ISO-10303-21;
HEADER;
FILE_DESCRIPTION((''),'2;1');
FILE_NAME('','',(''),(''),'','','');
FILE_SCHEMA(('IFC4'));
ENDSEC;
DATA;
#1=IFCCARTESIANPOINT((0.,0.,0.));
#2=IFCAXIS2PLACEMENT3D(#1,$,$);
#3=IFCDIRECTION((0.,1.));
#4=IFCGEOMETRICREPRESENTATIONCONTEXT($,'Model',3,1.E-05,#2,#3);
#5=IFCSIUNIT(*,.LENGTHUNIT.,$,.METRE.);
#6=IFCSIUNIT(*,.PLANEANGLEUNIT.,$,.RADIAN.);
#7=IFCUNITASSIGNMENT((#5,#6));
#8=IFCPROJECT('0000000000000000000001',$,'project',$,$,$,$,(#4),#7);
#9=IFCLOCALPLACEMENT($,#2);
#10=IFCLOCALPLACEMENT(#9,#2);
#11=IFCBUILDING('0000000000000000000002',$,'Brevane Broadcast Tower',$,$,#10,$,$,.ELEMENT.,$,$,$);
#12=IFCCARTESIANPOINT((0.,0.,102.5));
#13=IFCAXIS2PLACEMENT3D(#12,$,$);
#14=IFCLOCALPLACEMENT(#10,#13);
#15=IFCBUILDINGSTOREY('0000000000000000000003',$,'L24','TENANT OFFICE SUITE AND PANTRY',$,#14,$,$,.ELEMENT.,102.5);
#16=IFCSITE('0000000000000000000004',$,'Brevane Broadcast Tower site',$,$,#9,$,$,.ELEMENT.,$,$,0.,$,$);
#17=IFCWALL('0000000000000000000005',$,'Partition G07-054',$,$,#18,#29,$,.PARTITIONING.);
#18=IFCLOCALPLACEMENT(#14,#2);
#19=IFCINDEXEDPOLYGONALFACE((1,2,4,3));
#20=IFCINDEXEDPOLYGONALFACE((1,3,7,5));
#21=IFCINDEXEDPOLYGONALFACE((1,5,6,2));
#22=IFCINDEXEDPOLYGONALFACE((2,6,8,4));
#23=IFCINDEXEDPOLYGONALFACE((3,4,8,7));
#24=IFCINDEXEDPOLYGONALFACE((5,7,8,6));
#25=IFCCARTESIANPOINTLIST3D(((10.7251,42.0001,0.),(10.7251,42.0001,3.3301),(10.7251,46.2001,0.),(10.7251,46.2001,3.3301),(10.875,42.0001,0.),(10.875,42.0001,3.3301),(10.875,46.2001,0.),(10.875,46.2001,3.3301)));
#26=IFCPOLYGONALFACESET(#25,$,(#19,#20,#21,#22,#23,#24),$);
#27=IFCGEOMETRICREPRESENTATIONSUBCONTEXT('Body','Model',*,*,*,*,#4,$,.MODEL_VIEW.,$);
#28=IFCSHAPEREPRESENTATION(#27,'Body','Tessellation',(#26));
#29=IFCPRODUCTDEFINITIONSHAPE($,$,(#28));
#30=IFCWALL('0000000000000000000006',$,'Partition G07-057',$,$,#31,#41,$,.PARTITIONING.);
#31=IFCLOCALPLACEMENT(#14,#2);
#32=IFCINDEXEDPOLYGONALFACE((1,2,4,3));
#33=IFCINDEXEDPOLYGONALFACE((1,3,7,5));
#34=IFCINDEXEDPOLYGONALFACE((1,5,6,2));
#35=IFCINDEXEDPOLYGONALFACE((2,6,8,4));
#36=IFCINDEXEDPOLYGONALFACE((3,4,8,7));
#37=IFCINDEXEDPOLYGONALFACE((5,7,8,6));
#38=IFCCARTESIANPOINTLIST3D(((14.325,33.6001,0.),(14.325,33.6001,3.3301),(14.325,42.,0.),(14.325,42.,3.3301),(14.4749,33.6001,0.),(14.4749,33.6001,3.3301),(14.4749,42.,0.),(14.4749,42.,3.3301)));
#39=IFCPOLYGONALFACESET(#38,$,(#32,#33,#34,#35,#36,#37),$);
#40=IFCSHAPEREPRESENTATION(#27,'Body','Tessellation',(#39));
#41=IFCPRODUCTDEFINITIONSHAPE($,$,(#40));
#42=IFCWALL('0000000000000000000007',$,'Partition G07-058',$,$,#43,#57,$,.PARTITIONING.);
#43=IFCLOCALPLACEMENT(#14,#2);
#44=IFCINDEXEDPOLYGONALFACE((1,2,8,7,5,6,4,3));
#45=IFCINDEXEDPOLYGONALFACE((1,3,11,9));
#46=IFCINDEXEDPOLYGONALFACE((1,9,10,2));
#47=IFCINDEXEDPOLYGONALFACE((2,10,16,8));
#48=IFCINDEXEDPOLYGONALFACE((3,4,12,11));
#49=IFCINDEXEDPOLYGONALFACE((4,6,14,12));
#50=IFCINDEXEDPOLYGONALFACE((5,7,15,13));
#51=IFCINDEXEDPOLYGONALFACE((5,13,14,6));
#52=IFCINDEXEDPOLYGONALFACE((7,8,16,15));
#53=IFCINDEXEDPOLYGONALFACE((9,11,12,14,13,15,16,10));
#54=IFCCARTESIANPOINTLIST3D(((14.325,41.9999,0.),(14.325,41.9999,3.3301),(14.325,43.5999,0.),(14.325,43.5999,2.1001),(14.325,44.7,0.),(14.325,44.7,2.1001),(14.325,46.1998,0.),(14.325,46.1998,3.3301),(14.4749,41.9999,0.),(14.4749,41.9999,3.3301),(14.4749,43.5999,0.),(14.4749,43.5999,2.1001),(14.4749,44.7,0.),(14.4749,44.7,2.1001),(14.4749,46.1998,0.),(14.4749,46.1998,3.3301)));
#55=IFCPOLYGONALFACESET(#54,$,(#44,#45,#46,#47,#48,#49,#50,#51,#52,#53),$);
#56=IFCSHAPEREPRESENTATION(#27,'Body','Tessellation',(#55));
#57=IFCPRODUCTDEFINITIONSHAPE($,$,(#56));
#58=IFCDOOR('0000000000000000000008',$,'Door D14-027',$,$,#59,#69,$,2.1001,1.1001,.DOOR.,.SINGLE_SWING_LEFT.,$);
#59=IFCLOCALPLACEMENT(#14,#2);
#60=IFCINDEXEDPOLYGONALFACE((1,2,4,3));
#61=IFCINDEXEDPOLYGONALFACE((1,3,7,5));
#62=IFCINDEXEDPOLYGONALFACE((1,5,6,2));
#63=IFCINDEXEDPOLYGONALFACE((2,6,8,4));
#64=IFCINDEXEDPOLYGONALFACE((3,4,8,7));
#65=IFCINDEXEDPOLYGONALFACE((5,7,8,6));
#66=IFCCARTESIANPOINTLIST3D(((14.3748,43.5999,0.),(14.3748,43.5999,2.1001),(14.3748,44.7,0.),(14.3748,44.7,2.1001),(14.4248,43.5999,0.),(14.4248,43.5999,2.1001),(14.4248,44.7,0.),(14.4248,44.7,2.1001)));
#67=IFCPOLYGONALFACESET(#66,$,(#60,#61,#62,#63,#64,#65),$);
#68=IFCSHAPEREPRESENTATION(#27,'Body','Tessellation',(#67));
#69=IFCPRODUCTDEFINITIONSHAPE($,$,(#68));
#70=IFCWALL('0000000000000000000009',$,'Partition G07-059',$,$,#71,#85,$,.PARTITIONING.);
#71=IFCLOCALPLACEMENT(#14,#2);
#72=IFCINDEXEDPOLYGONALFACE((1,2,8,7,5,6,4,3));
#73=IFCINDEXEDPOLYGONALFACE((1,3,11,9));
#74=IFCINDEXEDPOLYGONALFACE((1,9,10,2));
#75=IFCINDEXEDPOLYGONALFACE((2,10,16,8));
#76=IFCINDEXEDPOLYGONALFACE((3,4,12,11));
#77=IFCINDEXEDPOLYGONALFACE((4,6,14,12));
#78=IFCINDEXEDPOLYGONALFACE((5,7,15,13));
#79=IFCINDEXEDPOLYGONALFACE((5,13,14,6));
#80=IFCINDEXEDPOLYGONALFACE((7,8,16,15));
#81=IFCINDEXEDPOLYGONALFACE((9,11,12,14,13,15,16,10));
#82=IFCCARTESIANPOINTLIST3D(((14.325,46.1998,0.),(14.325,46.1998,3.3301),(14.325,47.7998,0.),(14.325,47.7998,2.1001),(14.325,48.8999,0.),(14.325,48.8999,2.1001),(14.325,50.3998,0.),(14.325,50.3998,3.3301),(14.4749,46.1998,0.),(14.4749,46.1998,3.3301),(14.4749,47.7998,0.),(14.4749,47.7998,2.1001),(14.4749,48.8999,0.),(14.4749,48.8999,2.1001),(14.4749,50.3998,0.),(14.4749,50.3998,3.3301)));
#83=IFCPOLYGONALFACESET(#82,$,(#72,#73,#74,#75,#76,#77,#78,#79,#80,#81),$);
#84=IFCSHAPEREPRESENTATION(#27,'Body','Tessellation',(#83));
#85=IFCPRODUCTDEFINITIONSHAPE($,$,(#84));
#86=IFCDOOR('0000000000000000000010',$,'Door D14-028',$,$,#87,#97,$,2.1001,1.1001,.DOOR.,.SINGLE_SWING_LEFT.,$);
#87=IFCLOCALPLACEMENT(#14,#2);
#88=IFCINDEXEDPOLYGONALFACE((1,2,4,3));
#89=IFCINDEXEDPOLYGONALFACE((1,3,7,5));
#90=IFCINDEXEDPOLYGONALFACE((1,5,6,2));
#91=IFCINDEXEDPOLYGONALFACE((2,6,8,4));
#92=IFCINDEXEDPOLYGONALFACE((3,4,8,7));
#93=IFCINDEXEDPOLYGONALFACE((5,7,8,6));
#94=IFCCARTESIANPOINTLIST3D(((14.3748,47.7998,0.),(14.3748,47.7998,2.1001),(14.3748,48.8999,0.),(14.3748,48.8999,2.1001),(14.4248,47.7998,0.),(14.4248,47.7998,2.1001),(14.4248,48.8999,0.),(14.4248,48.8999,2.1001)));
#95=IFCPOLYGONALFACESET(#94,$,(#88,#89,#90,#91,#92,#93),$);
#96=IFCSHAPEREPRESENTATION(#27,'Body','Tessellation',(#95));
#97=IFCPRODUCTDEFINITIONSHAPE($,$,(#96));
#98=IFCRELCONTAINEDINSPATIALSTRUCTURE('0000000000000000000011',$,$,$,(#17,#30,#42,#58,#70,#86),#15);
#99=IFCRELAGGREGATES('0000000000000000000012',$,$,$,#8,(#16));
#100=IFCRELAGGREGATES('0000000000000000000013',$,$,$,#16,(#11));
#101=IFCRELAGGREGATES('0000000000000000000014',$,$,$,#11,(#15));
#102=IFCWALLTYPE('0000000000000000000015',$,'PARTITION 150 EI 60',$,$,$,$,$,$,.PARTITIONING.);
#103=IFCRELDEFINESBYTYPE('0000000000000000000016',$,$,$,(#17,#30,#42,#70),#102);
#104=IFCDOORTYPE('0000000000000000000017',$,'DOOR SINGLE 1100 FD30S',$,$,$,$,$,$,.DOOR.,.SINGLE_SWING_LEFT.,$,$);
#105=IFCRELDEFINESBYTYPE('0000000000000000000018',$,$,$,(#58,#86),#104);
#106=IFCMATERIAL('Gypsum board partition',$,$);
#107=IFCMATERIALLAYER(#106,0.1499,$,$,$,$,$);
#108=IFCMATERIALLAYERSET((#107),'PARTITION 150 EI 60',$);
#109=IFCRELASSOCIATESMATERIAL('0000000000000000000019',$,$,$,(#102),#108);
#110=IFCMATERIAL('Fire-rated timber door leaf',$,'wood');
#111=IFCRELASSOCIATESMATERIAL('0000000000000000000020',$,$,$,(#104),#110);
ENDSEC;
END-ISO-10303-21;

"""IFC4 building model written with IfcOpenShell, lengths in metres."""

from ifc_helpers import new_model, si_unit, direction, frame, frame_2d, origin, place, context, subcontext, project, spatial, rectangle, extrude, material, layer, layer_set, type_object, element, fill, save


model = new_model("IFC4")

# Units and contexts
model_context = context("Model", 3, precision=1e-05, world=origin(), true_north=direction((0.0, 1.0)))
body_context = subcontext(model_context, "Body", "Model", "MODEL_VIEW")
ifc_project = project(units=[si_unit("LENGTHUNIT", "METRE"), si_unit("PLANEANGLEUNIT", "RADIAN")], contexts=[model_context])

# Site, building, storey
site_placement = place(None, origin())
site = spatial("IfcSite", under=ifc_project, at=site_placement, Name="Brevane Broadcast Tower site", CompositionType="ELEMENT", RefElevation=0.0)
building_placement = place(site_placement, origin())
building = spatial("IfcBuilding", under=site, at=building_placement, Name="Brevane Broadcast Tower", CompositionType="ELEMENT")
storey_placement = place(building_placement, frame((0.0, 0.0, 102.5)))
storey = spatial("IfcBuildingStorey", under=building, at=storey_placement, Name="L24", Description="TENANT OFFICE SUITE AND PANTRY", CompositionType="ELEMENT", Elevation=102.5)

# Shared definitions
ifc_material_1 = material(Name="Gypsum board partition")

# Shared definitions
ifc_layer_1 = layer(ifc_material_1, 0.1499)
ifc_layer_set_1 = layer_set([ifc_layer_1], Name="PARTITION 150 EI 60")
wall_type_1 = type_object("IfcWallType", Name="PARTITION 150 EI 60", PredefinedType="PARTITIONING", material=ifc_layer_set_1)
ifc_material_2 = material(Name="Fire-rated timber door leaf", Category="wood")

# Walls
wall_1_placement = place(storey_placement, frame((10.8, 42.0, 0.0), z_axis=(0.0, 0.0, 1.0), x_axis=(0.0, 1.0, 0.0)))
element("IfcWall", 1, at=wall_1_placement, inside=storey, type_object=wall_type_1, Name="Partition G07-054", PredefinedType="PARTITIONING", context=body_context, shape_type="SweptSolid", body=[
    extrude(rectangle(XDim=4.2, YDim=0.1499, at=frame_2d((2.1001, 0.0))), origin(), (0.0, 0.0, 1.0), 3.3301),
])
wall_2_placement = place(storey_placement, frame((14.3999, 42.0, 0.0), z_axis=(0.0, 0.0, 1.0), x_axis=(0.0, -1.0, 0.0)))
element("IfcWall", 2, at=wall_2_placement, inside=storey, type_object=wall_type_1, Name="Partition G07-057", PredefinedType="PARTITIONING", context=body_context, shape_type="SweptSolid", body=[
    extrude(rectangle(XDim=8.3999, YDim=0.1499, at=frame_2d((4.2, 0.0))), origin(), (0.0, 0.0, 1.0), 3.3301),
])

# Walls, openings, doors
wall_3_placement = place(storey_placement, frame((14.3999, 46.2, 0.0), z_axis=(0.0, 0.0, 1.0), x_axis=(0.0, -1.0, 0.0)))
wall_3 = element("IfcWall", 3, at=wall_3_placement, inside=storey, type_object=wall_type_1, Name="Partition G07-058", PredefinedType="PARTITIONING", context=body_context, shape_type="SweptSolid", body=[
    extrude(rectangle(XDim=4.2, YDim=0.1499, at=frame_2d((2.1001, 0.0))), origin(), (0.0, 0.0, 1.0), 3.3301),
])
opening_1_placement = place(wall_3_placement, frame((1.5, 0.0, 0.0)))
opening_1 = element("IfcOpeningElement", 4, at=opening_1_placement, cuts=wall_3, PredefinedType="OPENING", context=body_context, shape_type="SweptSolid", body=[
    extrude(rectangle(XDim=1.1001, YDim=2.1001, at=frame_2d((0.55, 1.05))), frame((0.0, 0.085, 0.0), z_axis=(0.0, -1.0, 0.0), x_axis=(1.0, 0.0, 0.0)), (0.0, 0.0, 1.0), 0.1699),
])
door_type_1 = type_object("IfcDoorType", Name="DOOR SINGLE 1100 FD30S", OperationType="SINGLE_SWING_LEFT", PredefinedType="DOOR", material=ifc_material_2)
door_1_placement = place(opening_1_placement, origin())
door_1 = element("IfcDoor", 5, at=door_1_placement, inside=storey, type_object=door_type_1, Name="Door D14-027", OperationType="SINGLE_SWING_LEFT", OverallHeight=2.1001, OverallWidth=1.1001, PredefinedType="DOOR", context=body_context, shape_type="SweptSolid", body=[
    extrude(rectangle(XDim=1.1001, YDim=2.1001, at=frame_2d((0.55, 1.05))), frame((0.0, 0.0249, 0.0), z_axis=(0.0, -1.0, 0.0), x_axis=(1.0, 0.0, 0.0)), (0.0, 0.0, 1.0), 0.05),
])
fill(opening_1, door_1)
wall_4_placement = place(storey_placement, frame((14.3999, 50.3999, 0.0), z_axis=(0.0, 0.0, 1.0), x_axis=(0.0, -1.0, 0.0)))
wall_4 = element("IfcWall", 6, at=wall_4_placement, inside=storey, type_object=wall_type_1, Name="Partition G07-059", PredefinedType="PARTITIONING", context=body_context, shape_type="SweptSolid", body=[
    extrude(rectangle(XDim=4.2, YDim=0.1499, at=frame_2d((2.1001, 0.0))), origin(), (0.0, 0.0, 1.0), 3.3301),
])
opening_2_placement = place(wall_4_placement, frame((1.5, 0.0, 0.0)))
opening_2 = element("IfcOpeningElement", 7, at=opening_2_placement, cuts=wall_4, PredefinedType="OPENING", context=body_context, shape_type="SweptSolid", body=[
    extrude(rectangle(XDim=1.1001, YDim=2.1001, at=frame_2d((0.55, 1.05))), frame((0.0, 0.085, 0.0), z_axis=(0.0, -1.0, 0.0), x_axis=(1.0, 0.0, 0.0)), (0.0, 0.0, 1.0), 0.1699),
])
door_2_placement = place(opening_2_placement, origin())
door_2 = element("IfcDoor", 8, at=door_2_placement, inside=storey, type_object=door_type_1, Name="Door D14-028", OperationType="SINGLE_SWING_LEFT", OverallHeight=2.1001, OverallWidth=1.1001, PredefinedType="DOOR", context=body_context, shape_type="SweptSolid", body=[
    extrude(rectangle(XDim=1.1001, YDim=2.1001, at=frame_2d((0.55, 1.05))), frame((0.0, 0.0249, 0.0), z_axis=(0.0, -1.0, 0.0), x_axis=(1.0, 0.0, 0.0)), (0.0, 0.0, 1.0), 0.05),
])
fill(opening_2, door_2)

save(model, "model.ifc")
